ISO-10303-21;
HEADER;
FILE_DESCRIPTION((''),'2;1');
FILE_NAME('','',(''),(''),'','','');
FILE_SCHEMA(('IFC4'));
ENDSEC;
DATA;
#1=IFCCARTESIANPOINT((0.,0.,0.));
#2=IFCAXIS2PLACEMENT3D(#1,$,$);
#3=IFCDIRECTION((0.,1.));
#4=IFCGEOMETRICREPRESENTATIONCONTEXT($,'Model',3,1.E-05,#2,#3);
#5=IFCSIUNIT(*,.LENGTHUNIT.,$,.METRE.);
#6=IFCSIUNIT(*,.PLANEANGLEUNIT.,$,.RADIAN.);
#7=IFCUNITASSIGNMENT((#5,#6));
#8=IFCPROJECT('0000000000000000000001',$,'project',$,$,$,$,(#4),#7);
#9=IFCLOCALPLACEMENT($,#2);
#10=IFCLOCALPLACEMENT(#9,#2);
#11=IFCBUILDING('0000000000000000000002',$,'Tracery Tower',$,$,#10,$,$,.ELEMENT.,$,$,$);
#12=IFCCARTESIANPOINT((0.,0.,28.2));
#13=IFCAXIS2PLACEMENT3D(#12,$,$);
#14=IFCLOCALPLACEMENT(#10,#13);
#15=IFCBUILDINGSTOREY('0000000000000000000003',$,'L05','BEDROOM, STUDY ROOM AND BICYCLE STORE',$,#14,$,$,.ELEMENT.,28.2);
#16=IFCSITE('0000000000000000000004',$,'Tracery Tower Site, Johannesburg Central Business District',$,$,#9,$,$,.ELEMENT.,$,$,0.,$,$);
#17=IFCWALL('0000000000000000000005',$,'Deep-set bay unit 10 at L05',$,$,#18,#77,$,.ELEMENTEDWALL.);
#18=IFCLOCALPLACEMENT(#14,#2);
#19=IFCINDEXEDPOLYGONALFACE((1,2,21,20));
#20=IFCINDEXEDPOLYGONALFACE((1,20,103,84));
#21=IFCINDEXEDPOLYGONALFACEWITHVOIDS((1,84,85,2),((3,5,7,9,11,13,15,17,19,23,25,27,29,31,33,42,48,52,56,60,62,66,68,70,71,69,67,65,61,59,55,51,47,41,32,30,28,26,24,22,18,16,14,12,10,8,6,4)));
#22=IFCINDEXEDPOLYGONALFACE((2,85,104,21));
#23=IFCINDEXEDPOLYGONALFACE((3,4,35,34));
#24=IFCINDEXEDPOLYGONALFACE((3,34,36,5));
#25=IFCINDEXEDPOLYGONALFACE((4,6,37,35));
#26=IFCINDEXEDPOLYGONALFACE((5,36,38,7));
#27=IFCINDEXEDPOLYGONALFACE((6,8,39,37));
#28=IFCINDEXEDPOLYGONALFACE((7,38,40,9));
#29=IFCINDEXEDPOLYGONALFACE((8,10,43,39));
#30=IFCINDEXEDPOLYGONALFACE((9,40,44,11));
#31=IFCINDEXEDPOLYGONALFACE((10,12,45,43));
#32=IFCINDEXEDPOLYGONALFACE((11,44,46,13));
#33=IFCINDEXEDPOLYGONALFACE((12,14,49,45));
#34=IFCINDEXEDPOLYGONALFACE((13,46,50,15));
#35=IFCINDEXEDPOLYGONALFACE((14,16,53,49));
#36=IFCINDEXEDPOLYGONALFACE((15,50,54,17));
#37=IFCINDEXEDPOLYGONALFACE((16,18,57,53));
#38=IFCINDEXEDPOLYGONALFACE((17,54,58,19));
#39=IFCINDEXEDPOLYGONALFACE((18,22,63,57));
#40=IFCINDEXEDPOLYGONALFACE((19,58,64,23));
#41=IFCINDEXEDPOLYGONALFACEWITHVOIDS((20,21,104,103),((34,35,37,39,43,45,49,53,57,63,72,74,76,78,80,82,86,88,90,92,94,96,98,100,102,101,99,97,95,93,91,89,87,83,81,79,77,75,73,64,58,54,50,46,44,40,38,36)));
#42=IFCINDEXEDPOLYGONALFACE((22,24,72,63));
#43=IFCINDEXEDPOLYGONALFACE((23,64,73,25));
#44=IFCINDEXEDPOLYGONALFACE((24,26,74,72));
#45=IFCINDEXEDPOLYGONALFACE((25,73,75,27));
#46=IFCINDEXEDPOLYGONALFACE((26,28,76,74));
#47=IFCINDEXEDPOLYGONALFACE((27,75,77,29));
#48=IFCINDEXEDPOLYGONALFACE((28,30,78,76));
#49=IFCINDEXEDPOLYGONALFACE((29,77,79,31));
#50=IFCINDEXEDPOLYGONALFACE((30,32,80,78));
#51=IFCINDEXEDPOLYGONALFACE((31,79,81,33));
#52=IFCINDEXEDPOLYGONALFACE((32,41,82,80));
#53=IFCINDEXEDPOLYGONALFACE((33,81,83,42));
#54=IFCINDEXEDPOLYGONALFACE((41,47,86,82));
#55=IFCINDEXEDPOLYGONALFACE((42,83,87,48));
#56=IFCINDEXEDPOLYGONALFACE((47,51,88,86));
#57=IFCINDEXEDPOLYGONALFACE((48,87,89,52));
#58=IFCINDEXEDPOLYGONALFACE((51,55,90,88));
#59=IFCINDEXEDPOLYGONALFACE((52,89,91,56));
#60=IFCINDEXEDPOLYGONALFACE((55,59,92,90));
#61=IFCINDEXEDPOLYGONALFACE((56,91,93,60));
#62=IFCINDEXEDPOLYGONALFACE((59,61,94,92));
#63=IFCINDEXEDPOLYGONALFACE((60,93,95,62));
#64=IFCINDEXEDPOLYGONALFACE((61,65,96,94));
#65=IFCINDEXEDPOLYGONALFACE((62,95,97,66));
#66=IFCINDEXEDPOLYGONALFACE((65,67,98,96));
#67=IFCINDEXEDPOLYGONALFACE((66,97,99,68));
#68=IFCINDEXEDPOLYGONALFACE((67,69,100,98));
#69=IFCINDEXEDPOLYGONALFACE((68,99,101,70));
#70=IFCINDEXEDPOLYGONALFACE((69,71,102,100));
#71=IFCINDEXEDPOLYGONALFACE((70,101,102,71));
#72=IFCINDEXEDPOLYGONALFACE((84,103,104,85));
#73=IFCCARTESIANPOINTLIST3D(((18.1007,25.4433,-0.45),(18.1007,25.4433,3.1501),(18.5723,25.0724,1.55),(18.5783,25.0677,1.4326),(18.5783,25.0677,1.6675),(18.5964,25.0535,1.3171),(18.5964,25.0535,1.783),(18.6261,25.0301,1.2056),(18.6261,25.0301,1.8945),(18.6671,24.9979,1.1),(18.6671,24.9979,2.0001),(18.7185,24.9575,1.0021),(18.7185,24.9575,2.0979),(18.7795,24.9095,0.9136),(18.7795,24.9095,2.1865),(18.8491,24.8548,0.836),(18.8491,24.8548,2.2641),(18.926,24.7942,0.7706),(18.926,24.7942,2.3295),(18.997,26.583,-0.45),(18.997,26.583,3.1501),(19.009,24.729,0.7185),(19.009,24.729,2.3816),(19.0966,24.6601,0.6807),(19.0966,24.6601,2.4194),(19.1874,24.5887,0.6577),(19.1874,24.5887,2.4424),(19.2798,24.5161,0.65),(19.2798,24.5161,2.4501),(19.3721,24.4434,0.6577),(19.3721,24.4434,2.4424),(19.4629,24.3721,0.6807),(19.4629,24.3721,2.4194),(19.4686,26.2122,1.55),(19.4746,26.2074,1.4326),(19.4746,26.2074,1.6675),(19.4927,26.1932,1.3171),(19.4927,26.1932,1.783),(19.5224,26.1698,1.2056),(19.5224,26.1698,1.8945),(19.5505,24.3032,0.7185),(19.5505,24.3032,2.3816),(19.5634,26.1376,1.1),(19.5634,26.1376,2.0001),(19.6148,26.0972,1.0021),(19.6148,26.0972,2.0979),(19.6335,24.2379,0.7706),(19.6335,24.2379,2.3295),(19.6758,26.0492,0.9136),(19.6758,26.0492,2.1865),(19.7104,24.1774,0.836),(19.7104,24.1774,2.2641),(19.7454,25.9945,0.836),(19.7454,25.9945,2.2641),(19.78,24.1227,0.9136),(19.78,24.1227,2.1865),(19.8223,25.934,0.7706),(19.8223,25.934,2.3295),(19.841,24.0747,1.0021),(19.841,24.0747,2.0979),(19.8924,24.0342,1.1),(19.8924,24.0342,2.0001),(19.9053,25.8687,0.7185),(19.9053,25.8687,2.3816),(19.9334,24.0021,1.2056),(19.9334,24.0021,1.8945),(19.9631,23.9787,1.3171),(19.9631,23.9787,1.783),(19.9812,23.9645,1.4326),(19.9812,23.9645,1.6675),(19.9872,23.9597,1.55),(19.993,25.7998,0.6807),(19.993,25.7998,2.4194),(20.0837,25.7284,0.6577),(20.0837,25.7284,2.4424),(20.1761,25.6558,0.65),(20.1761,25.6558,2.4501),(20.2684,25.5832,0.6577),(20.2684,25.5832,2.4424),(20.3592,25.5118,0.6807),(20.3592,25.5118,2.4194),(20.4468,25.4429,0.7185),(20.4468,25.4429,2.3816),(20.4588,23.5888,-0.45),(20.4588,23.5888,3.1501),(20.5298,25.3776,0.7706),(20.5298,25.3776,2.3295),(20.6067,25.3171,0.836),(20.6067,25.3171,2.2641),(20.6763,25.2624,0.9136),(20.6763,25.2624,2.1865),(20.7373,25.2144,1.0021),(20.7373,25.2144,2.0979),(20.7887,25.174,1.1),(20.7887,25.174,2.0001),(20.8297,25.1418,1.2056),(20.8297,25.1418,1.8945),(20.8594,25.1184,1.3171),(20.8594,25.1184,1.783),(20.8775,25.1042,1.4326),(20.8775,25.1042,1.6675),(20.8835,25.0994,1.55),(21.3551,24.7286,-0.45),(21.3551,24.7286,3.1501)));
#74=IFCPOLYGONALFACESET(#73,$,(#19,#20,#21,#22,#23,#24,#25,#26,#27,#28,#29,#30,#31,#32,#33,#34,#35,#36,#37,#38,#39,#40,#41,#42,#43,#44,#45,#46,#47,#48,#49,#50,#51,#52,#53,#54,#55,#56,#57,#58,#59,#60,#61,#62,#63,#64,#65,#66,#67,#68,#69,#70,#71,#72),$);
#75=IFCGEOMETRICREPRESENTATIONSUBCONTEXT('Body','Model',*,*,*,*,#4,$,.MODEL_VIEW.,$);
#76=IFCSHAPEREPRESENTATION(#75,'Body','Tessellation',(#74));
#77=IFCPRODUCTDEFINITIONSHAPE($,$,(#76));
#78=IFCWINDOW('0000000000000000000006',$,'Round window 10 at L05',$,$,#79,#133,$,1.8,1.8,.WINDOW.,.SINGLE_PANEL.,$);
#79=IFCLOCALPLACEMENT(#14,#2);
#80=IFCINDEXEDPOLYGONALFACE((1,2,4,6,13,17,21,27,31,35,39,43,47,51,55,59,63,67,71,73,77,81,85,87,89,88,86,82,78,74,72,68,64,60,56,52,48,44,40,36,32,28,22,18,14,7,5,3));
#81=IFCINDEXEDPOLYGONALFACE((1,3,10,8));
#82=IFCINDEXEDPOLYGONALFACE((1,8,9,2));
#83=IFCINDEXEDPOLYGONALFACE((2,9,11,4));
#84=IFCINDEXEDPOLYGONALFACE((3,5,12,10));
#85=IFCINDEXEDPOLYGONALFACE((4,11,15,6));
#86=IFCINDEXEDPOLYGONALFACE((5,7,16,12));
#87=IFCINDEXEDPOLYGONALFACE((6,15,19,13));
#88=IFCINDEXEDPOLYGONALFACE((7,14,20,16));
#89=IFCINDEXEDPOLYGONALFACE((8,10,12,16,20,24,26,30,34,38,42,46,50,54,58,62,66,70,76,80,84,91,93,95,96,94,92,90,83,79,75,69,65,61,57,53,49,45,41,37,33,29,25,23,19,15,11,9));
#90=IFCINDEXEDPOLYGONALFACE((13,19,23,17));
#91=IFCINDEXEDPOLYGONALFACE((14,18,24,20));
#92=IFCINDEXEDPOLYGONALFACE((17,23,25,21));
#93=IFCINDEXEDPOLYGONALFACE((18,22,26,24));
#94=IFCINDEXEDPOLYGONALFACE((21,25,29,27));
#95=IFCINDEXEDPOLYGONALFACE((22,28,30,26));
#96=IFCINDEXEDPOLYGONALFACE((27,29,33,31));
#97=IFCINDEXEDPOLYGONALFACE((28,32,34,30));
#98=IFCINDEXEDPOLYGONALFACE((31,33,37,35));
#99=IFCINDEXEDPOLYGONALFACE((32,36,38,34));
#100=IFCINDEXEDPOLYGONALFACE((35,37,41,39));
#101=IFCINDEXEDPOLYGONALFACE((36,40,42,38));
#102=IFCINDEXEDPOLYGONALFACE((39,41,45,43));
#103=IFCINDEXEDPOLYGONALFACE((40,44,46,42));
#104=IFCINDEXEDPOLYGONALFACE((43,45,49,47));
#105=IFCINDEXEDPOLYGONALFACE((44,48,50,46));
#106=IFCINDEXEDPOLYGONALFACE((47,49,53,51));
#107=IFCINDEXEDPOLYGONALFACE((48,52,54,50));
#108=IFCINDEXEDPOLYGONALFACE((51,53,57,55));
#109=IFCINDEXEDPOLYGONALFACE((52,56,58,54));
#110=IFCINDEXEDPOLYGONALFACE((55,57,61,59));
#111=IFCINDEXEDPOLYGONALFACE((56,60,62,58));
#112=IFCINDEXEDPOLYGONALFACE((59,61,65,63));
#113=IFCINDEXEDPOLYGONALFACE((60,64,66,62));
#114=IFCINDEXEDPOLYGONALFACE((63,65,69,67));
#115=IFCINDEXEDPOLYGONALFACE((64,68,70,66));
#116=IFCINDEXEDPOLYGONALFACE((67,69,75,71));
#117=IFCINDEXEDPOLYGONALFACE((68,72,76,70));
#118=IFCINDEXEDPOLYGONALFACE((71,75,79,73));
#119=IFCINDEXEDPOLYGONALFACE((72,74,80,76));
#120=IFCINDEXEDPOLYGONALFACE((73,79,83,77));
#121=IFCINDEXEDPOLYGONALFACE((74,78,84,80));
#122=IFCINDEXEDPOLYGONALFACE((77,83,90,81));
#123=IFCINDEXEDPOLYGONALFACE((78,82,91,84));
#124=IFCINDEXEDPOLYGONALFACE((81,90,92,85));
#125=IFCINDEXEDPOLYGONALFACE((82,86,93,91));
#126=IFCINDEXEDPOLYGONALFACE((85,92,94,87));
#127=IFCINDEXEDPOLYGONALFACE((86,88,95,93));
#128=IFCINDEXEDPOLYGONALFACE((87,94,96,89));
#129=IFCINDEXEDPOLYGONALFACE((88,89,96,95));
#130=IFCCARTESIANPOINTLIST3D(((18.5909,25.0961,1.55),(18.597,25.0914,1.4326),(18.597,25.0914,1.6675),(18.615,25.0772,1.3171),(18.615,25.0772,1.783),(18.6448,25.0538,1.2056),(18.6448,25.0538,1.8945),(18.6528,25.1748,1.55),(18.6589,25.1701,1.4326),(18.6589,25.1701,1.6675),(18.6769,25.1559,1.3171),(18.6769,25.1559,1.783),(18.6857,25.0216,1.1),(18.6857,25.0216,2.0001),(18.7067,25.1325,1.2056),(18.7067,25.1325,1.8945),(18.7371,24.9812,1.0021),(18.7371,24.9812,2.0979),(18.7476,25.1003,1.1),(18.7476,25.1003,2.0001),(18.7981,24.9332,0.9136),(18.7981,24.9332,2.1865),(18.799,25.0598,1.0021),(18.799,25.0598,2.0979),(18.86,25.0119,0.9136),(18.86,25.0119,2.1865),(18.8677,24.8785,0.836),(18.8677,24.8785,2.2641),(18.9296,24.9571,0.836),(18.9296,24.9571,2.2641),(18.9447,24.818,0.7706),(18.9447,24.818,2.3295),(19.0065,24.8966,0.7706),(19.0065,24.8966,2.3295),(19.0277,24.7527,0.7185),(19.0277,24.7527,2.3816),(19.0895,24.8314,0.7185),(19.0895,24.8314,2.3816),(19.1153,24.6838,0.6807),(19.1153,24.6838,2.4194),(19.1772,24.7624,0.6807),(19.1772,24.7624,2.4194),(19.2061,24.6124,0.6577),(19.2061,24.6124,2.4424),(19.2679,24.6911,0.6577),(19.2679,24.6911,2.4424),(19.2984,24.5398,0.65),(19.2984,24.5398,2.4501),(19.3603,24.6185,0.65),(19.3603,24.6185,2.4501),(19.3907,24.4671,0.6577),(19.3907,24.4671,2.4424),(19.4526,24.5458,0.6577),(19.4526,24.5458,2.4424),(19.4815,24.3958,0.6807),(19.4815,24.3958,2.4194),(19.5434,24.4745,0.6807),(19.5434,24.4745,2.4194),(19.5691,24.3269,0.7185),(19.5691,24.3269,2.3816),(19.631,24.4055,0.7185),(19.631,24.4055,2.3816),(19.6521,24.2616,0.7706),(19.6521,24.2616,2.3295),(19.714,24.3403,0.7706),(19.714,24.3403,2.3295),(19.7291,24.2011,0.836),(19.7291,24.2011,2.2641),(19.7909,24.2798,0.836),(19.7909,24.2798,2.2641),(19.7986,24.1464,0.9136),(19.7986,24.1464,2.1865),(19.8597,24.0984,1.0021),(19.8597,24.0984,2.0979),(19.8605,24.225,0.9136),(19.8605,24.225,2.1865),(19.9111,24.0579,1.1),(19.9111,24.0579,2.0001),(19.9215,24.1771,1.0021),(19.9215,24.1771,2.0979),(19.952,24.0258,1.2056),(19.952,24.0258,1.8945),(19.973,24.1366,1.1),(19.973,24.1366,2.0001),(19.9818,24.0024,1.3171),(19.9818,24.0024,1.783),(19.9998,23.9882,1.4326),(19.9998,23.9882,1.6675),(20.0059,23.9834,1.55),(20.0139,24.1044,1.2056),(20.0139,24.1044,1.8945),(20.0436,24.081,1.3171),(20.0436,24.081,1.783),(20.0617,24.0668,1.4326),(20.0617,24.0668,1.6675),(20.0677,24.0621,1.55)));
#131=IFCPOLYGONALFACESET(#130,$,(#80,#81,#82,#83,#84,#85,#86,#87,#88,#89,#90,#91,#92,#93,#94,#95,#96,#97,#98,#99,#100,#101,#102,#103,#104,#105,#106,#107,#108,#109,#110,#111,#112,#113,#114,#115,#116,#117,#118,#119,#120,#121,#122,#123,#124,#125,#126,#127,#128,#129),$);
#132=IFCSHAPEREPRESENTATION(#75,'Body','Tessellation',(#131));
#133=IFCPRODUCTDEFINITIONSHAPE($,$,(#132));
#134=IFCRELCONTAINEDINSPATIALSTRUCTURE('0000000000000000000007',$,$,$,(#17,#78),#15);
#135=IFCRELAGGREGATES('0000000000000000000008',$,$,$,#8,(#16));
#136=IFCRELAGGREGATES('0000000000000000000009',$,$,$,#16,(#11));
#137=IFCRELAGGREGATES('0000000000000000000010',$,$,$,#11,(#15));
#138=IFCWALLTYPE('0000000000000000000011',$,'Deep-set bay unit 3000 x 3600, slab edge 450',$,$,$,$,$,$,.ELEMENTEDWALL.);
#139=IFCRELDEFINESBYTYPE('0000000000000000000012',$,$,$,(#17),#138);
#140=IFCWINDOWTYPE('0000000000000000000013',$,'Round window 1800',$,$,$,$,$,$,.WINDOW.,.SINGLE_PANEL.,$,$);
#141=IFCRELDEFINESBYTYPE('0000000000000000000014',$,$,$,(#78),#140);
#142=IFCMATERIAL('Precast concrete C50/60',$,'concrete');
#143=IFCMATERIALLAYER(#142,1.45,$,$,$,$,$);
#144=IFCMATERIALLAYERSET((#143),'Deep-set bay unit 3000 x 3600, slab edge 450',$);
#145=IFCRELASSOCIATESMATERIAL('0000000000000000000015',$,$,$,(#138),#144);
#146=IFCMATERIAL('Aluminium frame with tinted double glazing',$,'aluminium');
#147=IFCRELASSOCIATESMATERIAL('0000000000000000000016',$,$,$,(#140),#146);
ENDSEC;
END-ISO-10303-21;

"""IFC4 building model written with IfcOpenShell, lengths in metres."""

from ifc_helpers import new_model, si_unit, direction, frame, frame_2d, origin, origin_2d, place, context, subcontext, project, spatial, rectangle, circle, extrude, material, layer, layer_set, type_object, element, fill, save


model = new_model("IFC4")

# Units and contexts
model_context = context("Model", 3, precision=1e-05, world=origin(), true_north=direction((0.0, 1.0)))
body_context = subcontext(model_context, "Body", "Model", "MODEL_VIEW")
ifc_project = project(units=[si_unit("LENGTHUNIT", "METRE"), si_unit("PLANEANGLEUNIT", "RADIAN")], contexts=[model_context])

# Site, building, storey
site_placement = place(None, origin())
site = spatial("IfcSite", under=ifc_project, at=site_placement, Name="Tracery Tower Site, Johannesburg Central Business District", CompositionType="ELEMENT", RefElevation=0.0)
building_placement = place(site_placement, origin())
building = spatial("IfcBuilding", under=site, at=building_placement, Name="Tracery Tower", CompositionType="ELEMENT")
storey_placement = place(building_placement, frame((0.0, 0.0, 28.2)))
storey = spatial("IfcBuildingStorey", under=building, at=storey_placement, Name="L05", Description="BEDROOM, STUDY ROOM AND BICYCLE STORE", CompositionType="ELEMENT", Elevation=28.2)

# Wall, opening, window
ifc_material_1 = material(Name="Precast concrete C50/60", Category="concrete")
ifc_layer_1 = layer(ifc_material_1, 1.45)
ifc_layer_set_1 = layer_set([ifc_layer_1], Name="Deep-set bay unit 3000 x 3600, slab edge 450")
wall_type_1 = type_object("IfcWallType", Name="Deep-set bay unit 3000 x 3600, slab edge 450", PredefinedType="ELEMENTEDWALL", material=ifc_layer_set_1)
wall_1_placement = place(storey_placement, frame((20.907, 24.1587, -0.45), z_axis=(0.0, 0.0, 1.0), x_axis=(-0.78605, 0.618163, 0.0)))
wall_1 = element("IfcWall", 1, at=wall_1_placement, inside=storey, type_object=wall_type_1, Name="Deep-set bay unit 10 at L05", PredefinedType="ELEMENTEDWALL", context=body_context, shape_type="SweptSolid", body=[
    extrude(rectangle(XDim=3.0, YDim=1.45, at=frame_2d((1.5, 0.0))), origin(), (0.0, 0.0, 1.0), 3.6001),
])
opening_1_placement = place(wall_1_placement, frame((1.5, 0.0, 2.0)))
opening_1 = element("IfcOpeningElement", 2, at=opening_1_placement, cuts=wall_1, PredefinedType="OPENING", context=body_context, shape_type="SweptSolid", body=[
    extrude(circle(Radius=0.9, at=origin_2d()), frame((0.0, 0.7349, 0.0), z_axis=(0.0, -1.0, 0.0), x_axis=(1.0, 0.0, 0.0)), (0.0, 0.0, 1.0), 1.47),
])
ifc_material_2 = material(Name="Aluminium frame with tinted double glazing", Category="aluminium")
window_type = type_object("IfcWindowType", Name="Round window 1800", PartitioningType="SINGLE_PANEL", PredefinedType="WINDOW", material=ifc_material_2)
window_1_placement = place(opening_1_placement, origin())
window_1 = element("IfcWindow", 3, at=window_1_placement, inside=storey, type_object=window_type, Name="Round window 10 at L05", OverallHeight=1.8, OverallWidth=1.8, PartitioningType="SINGLE_PANEL", PredefinedType="WINDOW", context=body_context, shape_type="SweptSolid", body=[
    extrude(circle(Radius=0.9, at=origin_2d()), frame((0.0, 0.6948, 0.0), z_axis=(0.0, -1.0, 0.0), x_axis=(1.0, 0.0, 0.0)), (0.0, 0.0, 1.0), 0.1001),
])
fill(opening_1, window_1)

save(model, "model.ifc")
